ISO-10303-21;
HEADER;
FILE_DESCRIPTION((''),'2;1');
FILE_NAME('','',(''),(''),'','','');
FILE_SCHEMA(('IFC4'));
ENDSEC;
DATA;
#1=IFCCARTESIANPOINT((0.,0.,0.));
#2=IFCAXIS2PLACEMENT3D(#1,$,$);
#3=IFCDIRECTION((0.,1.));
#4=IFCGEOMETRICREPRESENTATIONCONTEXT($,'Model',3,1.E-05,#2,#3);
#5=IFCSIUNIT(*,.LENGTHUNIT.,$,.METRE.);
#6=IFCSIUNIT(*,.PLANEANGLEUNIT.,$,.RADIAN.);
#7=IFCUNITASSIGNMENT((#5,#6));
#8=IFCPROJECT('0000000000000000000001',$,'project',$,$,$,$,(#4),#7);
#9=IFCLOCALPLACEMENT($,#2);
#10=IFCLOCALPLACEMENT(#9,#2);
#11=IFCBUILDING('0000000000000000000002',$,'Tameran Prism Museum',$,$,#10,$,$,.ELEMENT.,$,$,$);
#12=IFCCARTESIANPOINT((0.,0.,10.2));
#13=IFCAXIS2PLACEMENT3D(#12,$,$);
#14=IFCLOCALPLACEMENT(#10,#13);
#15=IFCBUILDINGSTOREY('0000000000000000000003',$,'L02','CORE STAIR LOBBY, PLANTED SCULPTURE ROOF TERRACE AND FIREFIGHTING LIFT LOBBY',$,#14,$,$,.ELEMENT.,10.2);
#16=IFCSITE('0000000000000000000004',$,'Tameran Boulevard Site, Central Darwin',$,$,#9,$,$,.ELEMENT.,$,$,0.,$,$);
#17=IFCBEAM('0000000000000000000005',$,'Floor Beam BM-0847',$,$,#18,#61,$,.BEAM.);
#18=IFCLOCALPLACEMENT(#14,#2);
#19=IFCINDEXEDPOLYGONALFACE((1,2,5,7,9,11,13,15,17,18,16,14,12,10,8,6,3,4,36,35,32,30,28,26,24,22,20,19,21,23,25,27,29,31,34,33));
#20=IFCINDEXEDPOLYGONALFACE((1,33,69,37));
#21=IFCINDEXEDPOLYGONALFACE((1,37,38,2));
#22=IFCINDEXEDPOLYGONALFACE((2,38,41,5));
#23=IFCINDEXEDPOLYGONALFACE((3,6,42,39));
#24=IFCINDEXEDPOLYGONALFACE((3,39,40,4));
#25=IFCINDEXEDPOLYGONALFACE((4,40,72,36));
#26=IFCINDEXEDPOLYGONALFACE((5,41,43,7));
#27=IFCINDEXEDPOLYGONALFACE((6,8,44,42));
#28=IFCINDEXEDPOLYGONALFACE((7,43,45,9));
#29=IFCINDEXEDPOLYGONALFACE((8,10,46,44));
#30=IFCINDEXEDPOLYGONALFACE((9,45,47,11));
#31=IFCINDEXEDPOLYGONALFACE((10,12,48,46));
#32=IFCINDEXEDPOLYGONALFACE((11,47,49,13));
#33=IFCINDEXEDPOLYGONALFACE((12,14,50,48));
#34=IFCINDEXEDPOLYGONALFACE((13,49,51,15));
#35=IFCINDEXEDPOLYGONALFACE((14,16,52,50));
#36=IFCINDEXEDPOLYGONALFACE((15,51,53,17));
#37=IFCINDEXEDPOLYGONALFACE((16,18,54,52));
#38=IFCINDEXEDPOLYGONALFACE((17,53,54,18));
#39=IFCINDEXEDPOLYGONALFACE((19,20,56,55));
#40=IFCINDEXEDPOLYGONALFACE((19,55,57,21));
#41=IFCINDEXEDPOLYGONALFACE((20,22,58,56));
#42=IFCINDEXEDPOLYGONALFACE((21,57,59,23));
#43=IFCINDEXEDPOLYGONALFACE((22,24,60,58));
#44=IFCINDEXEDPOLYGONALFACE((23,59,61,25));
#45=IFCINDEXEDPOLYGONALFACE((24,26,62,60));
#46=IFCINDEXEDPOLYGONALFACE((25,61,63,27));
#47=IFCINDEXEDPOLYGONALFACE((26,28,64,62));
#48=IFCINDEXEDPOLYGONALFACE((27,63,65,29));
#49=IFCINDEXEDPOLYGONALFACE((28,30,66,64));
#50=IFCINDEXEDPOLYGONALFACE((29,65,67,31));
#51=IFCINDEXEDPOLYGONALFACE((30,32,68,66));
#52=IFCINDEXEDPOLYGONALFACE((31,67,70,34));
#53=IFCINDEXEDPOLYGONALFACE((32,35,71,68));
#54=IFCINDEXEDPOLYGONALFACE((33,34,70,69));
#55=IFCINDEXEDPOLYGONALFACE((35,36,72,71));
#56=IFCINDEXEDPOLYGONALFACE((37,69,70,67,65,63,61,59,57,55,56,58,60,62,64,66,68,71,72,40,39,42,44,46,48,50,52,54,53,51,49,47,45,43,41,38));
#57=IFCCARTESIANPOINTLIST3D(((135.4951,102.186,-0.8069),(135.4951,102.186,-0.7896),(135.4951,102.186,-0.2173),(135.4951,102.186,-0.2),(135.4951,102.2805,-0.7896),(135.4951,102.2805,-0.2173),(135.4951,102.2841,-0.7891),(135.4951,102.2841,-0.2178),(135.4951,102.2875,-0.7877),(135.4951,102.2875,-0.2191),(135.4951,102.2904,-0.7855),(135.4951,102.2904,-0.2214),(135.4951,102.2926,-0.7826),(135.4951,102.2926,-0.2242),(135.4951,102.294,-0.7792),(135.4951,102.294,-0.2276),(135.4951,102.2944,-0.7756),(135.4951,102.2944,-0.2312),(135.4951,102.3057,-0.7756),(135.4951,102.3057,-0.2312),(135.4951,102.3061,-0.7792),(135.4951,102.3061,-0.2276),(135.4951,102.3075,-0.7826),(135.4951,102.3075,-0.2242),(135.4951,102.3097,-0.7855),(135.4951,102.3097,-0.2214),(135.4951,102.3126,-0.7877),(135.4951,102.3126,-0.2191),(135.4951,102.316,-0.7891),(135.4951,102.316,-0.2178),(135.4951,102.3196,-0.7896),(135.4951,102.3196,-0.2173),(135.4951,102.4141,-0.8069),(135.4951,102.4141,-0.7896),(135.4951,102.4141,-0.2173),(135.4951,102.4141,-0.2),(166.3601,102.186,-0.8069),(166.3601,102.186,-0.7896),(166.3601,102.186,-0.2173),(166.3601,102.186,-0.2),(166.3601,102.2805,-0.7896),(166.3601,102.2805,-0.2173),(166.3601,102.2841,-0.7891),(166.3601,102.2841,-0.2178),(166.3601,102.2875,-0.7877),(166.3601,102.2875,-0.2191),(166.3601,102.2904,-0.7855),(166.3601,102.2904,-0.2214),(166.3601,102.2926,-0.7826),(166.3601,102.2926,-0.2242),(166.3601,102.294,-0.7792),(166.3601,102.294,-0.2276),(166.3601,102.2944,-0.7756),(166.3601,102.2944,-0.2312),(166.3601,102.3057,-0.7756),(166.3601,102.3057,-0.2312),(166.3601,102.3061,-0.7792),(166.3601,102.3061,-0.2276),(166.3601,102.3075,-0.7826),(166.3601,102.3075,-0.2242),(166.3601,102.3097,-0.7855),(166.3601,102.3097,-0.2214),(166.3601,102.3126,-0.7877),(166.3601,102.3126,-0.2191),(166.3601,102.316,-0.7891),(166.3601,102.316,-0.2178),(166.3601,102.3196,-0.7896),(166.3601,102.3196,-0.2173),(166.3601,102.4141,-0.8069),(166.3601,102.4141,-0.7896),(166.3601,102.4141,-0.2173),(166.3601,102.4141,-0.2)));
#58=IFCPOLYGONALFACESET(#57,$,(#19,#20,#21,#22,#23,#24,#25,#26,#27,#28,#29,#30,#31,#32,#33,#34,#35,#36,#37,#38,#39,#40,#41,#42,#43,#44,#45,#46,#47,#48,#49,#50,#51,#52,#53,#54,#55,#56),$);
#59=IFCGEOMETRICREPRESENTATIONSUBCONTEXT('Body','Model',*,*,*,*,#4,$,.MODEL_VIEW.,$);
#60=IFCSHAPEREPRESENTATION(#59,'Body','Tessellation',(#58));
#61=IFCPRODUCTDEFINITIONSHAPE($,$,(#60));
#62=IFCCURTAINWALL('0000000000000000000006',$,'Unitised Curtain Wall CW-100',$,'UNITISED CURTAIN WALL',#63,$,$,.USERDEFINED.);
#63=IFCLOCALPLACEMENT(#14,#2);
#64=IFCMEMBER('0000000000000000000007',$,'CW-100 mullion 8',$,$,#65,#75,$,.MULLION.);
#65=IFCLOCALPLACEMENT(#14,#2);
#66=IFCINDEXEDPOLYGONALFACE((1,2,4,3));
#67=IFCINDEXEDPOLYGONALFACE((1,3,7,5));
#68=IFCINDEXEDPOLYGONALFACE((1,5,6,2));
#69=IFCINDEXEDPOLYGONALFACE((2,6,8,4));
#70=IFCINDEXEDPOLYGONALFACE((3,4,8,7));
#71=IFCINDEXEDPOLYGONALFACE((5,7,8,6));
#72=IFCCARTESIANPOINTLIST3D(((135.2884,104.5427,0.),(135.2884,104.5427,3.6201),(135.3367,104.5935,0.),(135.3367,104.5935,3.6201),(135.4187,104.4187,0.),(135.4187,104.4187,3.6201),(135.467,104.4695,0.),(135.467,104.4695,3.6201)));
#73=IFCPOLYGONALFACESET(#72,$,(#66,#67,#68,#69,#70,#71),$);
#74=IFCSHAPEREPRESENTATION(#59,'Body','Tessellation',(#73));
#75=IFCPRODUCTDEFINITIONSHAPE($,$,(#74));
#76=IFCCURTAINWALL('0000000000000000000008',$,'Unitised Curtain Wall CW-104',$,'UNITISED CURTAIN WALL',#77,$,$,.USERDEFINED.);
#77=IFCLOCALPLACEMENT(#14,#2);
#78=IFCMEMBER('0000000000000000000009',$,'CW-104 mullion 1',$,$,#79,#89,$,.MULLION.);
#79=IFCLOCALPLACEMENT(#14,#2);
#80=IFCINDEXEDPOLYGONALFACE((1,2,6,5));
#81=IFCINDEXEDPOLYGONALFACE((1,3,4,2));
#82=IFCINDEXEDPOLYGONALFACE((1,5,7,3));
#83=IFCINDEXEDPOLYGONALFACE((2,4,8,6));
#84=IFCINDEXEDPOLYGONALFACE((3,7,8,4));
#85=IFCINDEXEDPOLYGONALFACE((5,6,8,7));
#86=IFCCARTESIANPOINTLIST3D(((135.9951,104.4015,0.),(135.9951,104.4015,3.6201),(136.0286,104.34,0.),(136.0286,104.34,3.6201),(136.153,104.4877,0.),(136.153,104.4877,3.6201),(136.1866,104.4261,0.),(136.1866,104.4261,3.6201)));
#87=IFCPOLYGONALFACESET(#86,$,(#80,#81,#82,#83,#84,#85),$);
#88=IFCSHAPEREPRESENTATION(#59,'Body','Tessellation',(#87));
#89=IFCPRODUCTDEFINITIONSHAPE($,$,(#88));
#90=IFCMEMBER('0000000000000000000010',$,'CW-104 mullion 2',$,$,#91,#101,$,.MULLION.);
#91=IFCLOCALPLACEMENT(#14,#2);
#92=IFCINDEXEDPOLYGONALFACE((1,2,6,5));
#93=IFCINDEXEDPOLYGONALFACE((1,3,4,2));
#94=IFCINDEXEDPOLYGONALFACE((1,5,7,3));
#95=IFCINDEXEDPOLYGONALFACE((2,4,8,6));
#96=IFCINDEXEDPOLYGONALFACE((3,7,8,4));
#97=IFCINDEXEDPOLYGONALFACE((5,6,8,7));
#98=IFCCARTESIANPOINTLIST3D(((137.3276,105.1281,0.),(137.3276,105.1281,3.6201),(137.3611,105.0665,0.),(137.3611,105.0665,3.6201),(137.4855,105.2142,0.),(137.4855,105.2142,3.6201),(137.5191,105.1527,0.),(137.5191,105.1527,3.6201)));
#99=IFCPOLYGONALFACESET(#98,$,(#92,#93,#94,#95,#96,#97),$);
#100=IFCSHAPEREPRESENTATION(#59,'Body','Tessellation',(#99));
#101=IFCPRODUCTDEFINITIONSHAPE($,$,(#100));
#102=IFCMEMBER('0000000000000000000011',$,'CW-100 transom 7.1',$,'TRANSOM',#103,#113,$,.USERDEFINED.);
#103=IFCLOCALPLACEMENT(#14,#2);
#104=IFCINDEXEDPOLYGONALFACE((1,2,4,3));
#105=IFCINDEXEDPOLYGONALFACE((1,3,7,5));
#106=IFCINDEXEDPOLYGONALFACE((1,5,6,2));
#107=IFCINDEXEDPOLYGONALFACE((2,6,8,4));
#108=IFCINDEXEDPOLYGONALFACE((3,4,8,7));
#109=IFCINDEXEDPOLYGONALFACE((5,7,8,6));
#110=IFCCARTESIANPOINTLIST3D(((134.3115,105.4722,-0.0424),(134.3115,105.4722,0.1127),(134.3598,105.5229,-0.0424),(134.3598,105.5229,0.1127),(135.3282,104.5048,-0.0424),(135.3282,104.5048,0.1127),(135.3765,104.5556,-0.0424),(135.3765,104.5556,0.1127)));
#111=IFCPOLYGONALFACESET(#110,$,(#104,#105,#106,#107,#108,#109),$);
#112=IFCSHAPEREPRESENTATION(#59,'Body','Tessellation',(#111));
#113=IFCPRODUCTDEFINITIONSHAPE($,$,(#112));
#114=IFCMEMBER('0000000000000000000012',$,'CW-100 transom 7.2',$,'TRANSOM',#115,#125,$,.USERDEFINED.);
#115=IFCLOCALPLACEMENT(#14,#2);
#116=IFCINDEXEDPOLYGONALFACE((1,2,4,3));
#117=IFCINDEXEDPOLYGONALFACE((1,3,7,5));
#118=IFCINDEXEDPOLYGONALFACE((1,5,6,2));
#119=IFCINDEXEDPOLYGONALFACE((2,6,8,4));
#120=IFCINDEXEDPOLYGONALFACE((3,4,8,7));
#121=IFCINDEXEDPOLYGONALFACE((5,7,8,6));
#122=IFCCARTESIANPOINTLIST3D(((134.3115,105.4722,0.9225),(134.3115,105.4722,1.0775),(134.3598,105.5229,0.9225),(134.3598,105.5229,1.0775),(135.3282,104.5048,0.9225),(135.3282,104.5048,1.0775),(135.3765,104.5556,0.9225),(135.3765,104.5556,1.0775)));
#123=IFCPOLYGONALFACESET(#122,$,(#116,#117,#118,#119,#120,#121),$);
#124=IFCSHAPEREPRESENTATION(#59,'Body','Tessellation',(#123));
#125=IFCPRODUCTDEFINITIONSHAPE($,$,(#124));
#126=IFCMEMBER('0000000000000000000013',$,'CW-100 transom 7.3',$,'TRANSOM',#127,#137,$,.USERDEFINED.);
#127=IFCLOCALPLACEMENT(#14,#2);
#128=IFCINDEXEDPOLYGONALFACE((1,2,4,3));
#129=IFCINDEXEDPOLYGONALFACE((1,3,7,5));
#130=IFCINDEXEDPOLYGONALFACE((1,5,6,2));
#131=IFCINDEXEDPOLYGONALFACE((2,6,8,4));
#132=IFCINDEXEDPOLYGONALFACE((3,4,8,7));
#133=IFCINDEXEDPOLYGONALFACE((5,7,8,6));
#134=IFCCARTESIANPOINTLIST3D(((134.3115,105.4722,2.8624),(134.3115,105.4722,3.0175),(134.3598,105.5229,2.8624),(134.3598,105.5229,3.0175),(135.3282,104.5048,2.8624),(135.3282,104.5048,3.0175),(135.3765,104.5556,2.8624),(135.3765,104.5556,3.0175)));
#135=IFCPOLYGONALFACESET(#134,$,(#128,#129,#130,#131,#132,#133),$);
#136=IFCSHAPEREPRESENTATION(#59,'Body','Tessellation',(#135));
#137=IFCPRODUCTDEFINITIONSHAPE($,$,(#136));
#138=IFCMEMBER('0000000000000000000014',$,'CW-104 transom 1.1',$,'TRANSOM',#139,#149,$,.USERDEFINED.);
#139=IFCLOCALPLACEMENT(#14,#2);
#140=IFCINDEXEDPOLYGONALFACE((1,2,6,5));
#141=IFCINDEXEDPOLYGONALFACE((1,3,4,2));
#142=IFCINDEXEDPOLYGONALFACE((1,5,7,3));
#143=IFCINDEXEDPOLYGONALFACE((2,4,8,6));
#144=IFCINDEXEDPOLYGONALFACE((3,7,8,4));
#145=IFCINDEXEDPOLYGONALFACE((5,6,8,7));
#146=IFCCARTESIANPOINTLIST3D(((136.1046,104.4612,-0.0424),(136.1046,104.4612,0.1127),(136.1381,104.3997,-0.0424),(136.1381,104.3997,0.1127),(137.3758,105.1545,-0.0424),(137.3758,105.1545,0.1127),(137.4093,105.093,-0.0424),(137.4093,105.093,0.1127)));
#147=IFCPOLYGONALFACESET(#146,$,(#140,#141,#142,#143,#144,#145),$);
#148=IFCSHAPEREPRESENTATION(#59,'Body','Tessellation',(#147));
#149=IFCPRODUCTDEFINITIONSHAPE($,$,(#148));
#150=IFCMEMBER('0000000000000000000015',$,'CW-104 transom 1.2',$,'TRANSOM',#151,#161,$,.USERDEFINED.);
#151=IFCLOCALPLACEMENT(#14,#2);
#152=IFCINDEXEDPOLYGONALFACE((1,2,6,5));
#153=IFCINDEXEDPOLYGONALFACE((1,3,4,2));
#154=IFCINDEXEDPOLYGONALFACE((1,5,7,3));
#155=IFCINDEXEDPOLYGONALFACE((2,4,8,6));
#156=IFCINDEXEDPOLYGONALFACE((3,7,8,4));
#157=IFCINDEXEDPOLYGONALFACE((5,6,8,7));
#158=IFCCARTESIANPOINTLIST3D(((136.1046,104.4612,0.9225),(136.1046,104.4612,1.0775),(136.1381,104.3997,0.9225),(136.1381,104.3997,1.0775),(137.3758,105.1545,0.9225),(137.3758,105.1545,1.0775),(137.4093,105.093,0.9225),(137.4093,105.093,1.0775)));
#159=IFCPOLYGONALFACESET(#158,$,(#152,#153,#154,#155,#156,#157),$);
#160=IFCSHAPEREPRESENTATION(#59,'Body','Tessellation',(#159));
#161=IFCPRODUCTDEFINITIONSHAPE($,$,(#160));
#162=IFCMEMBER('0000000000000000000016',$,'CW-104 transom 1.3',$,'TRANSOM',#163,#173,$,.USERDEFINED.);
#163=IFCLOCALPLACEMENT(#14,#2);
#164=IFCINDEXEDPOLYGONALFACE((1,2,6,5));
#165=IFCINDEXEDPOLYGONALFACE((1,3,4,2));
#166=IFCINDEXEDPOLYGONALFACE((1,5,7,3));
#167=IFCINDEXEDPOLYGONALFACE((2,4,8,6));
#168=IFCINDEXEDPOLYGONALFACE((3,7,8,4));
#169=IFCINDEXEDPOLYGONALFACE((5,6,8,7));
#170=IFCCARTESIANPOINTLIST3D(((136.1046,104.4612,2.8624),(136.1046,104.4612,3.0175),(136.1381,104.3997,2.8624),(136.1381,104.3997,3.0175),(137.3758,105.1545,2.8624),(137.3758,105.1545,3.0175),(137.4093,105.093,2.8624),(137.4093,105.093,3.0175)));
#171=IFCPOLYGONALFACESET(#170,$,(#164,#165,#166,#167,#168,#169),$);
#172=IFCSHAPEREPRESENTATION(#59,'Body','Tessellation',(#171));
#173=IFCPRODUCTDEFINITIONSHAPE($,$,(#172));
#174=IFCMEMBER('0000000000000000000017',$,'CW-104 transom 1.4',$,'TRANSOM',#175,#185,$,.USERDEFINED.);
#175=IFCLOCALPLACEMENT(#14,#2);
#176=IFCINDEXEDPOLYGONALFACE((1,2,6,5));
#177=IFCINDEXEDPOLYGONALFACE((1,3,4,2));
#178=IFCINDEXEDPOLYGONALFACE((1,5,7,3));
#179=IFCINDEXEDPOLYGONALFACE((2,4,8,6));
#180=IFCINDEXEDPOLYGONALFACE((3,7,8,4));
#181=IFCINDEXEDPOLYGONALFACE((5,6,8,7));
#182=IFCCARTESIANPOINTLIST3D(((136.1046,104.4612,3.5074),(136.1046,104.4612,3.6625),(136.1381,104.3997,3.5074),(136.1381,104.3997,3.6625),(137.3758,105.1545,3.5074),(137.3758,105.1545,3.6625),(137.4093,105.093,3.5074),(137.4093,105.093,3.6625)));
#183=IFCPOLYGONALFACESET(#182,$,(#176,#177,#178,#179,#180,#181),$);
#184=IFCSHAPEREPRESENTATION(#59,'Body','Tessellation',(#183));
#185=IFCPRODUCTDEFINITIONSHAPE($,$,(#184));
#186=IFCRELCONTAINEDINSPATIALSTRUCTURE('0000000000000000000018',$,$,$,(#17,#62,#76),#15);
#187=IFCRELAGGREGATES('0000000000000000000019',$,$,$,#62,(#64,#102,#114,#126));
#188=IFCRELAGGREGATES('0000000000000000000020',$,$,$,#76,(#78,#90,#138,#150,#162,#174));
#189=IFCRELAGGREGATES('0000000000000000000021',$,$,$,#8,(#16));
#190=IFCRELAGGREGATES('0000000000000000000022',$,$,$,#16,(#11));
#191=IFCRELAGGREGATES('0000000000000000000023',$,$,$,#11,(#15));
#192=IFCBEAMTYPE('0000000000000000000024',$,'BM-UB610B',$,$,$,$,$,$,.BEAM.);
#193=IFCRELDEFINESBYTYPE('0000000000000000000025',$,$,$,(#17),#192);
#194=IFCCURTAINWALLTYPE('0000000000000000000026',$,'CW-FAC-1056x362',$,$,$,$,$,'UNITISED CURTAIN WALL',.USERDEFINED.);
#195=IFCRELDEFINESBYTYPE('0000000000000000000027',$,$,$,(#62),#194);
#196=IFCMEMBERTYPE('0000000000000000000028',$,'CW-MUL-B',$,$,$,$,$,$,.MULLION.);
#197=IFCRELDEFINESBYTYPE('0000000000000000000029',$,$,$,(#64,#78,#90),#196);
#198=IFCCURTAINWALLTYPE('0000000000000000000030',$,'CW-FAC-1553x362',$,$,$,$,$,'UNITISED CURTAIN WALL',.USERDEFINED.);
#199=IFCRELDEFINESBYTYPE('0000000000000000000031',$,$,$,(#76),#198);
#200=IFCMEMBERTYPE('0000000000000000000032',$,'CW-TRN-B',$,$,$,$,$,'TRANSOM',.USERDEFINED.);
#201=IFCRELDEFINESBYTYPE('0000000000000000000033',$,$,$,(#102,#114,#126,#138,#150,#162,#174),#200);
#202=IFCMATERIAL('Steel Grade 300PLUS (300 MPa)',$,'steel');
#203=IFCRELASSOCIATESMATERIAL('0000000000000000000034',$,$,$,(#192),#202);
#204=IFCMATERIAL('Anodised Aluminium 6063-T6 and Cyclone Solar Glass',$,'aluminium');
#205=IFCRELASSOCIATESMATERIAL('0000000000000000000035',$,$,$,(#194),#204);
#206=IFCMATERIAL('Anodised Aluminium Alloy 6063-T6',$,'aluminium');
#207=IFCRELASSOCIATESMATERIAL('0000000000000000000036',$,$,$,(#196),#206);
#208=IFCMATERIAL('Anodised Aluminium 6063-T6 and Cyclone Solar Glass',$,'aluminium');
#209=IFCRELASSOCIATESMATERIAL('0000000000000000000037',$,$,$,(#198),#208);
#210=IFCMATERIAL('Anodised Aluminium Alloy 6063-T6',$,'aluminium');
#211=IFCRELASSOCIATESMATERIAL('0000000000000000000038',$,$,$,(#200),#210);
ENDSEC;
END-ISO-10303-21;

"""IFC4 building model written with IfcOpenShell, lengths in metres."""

from ifc_helpers import new_model, si_unit, direction, frame, origin, origin_2d, place, context, subcontext, project, spatial, rectangle, i_section, extrude, material, material_profile, profile_set, type_object, element, aggregate, save


model = new_model("IFC4")

# Units and contexts
model_context = context("Model", 3, precision=1e-05, world=origin(), true_north=direction((0.0, 1.0)))
body_context = subcontext(model_context, "Body", "Model", "MODEL_VIEW")
ifc_project = project(units=[si_unit("LENGTHUNIT", "METRE"), si_unit("PLANEANGLEUNIT", "RADIAN")], contexts=[model_context])

# Site, building, storey
site_placement = place(None, origin())
site = spatial("IfcSite", under=ifc_project, at=site_placement, Name="Tameran Boulevard Site, Central Darwin", CompositionType="ELEMENT", RefElevation=0.0)
building_placement = place(site_placement, origin())
building = spatial("IfcBuilding", under=site, at=building_placement, Name="Tameran Prism Museum", CompositionType="ELEMENT")
storey_placement = place(building_placement, frame((0.0, 0.0, 10.2)))
storey = spatial("IfcBuildingStorey", under=building, at=storey_placement, Name="L02", Description="CORE STAIR LOBBY, PLANTED SCULPTURE ROOF TERRACE AND FIREFIGHTING LIFT LOBBY", CompositionType="ELEMENT", Elevation=10.2)

# Beam
ifc_material_1 = material(Name="Steel Grade 300PLUS (300 MPa)", Category="steel")
ifc_material_profile_1 = material_profile(ifc_material_1, i_section(OverallWidth=0.228, OverallDepth=0.6069, WebThickness=0.0112, FlangeThickness=0.0173, FilletRadius=0.0139, at=origin_2d()))
ifc_profile_set_1 = profile_set([ifc_material_profile_1])
beam_type_1 = type_object("IfcBeamType", Name="BM-UB610B", PredefinedType="BEAM", material=ifc_profile_set_1)
beam_1_placement = place(storey_placement, frame((135.4951, 102.3, -0.5034), z_axis=(1.0, 0.0, 0.0), x_axis=(0.0, 1.0, 0.0)))
element("IfcBeam", 1, at=beam_1_placement, inside=storey, type_object=beam_type_1, Name="Floor Beam BM-0847", PredefinedType="BEAM", context=body_context, shape_type="SweptSolid", body=[
    extrude(i_section(OverallWidth=0.228, OverallDepth=0.6069, WebThickness=0.0112, FlangeThickness=0.0173, FilletRadius=0.0139, at=origin_2d()), origin(), (0.0, 0.0, 1.0), 30.865),
])

# Curtain wall, member
ifc_material_2 = material(Name="Anodised Aluminium 6063-T6 and Cyclone Solar Glass", Category="aluminium")
curtain_wall_type_1 = type_object("IfcCurtainWallType", Name="CW-FAC-1056x362", ElementType="UNITISED CURTAIN WALL", PredefinedType="USERDEFINED", material=ifc_material_2)
curtain_wall_1_placement = place(storey_placement, origin())
curtain_wall_1 = element("IfcCurtainWall", 2, at=curtain_wall_1_placement, inside=storey, type_object=curtain_wall_type_1, Name="Unitised Curtain Wall CW-100", ObjectType="UNITISED CURTAIN WALL", PredefinedType="USERDEFINED")
ifc_material_3 = material(Name="Anodised Aluminium Alloy 6063-T6", Category="aluminium")
ifc_material_profile_2 = material_profile(ifc_material_3, rectangle(XDim=0.0701, YDim=0.1799, at=origin_2d()))
ifc_profile_set_2 = profile_set([ifc_material_profile_2])
member_type_1 = type_object("IfcMemberType", Name="CW-MUL-B", PredefinedType="MULLION", material=ifc_profile_set_2)
member_1_placement = place(storey_placement, frame((135.3777, 104.5061, 0.0), z_axis=(0.0, 0.0, 1.0), x_axis=(0.68927, 0.724505, 0.0)))
member_1 = element("IfcMember", 3, at=member_1_placement, type_object=member_type_1, Name="CW-100 mullion 8", PredefinedType="MULLION", context=body_context, shape_type="SweptSolid", body=[
    extrude(rectangle(XDim=0.0701, YDim=0.1799, at=origin_2d()), origin(), (0.0, 0.0, 1.0), 3.6201),
])

# Curtain wall, members
ifc_material_4 = material(Name="Anodised Aluminium 6063-T6 and Cyclone Solar Glass", Category="aluminium")
curtain_wall_type_2 = type_object("IfcCurtainWallType", Name="CW-FAC-1553x362", ElementType="UNITISED CURTAIN WALL", PredefinedType="USERDEFINED", material=ifc_material_4)
curtain_wall_2_placement = place(storey_placement, origin())
curtain_wall_2 = element("IfcCurtainWall", 4, at=curtain_wall_2_placement, inside=storey, type_object=curtain_wall_type_2, Name="Unitised Curtain Wall CW-104", ObjectType="UNITISED CURTAIN WALL", PredefinedType="USERDEFINED")
member_2_placement = place(storey_placement, frame((136.0908, 104.4138, 0.0), z_axis=(0.0, 0.0, 1.0), x_axis=(-0.478793, 0.877928, 0.0)))
member_2 = element("IfcMember", 5, at=member_2_placement, type_object=member_type_1, Name="CW-104 mullion 1", PredefinedType="MULLION", context=body_context, shape_type="SweptSolid", body=[
    extrude(rectangle(XDim=0.0701, YDim=0.1799, at=origin_2d()), origin(), (0.0, 0.0, 1.0), 3.6201),
])
member_3_placement = place(storey_placement, frame((137.4233, 105.1404, 0.0), z_axis=(0.0, 0.0, 1.0), x_axis=(-0.478793, 0.877928, 0.0)))
member_3 = element("IfcMember", 6, at=member_3_placement, type_object=member_type_1, Name="CW-104 mullion 2", PredefinedType="MULLION", context=body_context, shape_type="SweptSolid", body=[
    extrude(rectangle(XDim=0.0701, YDim=0.1799, at=origin_2d()), origin(), (0.0, 0.0, 1.0), 3.6201),
])

# Members
ifc_material_5 = material(Name="Anodised Aluminium Alloy 6063-T6", Category="aluminium")
ifc_material_profile_3 = material_profile(ifc_material_5, rectangle(XDim=0.0701, YDim=0.155, at=origin_2d()))
ifc_profile_set_3 = profile_set([ifc_material_profile_3])
member_type_2 = type_object("IfcMemberType", Name="CW-TRN-B", ElementType="TRANSOM", PredefinedType="USERDEFINED", material=ifc_profile_set_3)
member_4_placement = place(storey_placement, frame((134.3357, 105.4976, 0.0352), z_axis=(0.724461, -0.689316, 0.0), x_axis=(0.689316, 0.724461, 0.0)))
member_4 = element("IfcMember", 7, at=member_4_placement, type_object=member_type_2, Name="CW-100 transom 7.1", ObjectType="TRANSOM", PredefinedType="USERDEFINED", context=body_context, shape_type="SweptSolid", body=[
    extrude(rectangle(XDim=0.0701, YDim=0.155, at=origin_2d()), origin(), (0.0, 0.0, 1.0), 1.4033),
])
member_5_placement = place(storey_placement, frame((134.3357, 105.4976, 1.0), z_axis=(0.724461, -0.689316, 0.0), x_axis=(0.689316, 0.724461, 0.0)))
member_5 = element("IfcMember", 8, at=member_5_placement, type_object=member_type_2, Name="CW-100 transom 7.2", ObjectType="TRANSOM", PredefinedType="USERDEFINED", context=body_context, shape_type="SweptSolid", body=[
    extrude(rectangle(XDim=0.0701, YDim=0.155, at=origin_2d()), origin(), (0.0, 0.0, 1.0), 1.4033),
])
member_6_placement = place(storey_placement, frame((134.3357, 105.4976, 2.9399), z_axis=(0.724461, -0.689316, 0.0), x_axis=(0.689316, 0.724461, 0.0)))
member_6 = element("IfcMember", 9, at=member_6_placement, type_object=member_type_2, Name="CW-100 transom 7.3", ObjectType="TRANSOM", PredefinedType="USERDEFINED", context=body_context, shape_type="SweptSolid", body=[
    extrude(rectangle(XDim=0.0701, YDim=0.155, at=origin_2d()), origin(), (0.0, 0.0, 1.0), 1.4033),
])
member_7_placement = place(storey_placement, frame((136.1213, 104.4304, 0.0352), z_axis=(0.877908, 0.478829, 0.0), x_axis=(-0.478829, 0.877908, 0.0)))
member_7 = element("IfcMember", 10, at=member_7_placement, type_object=member_type_2, Name="CW-104 transom 1.1", ObjectType="TRANSOM", PredefinedType="USERDEFINED", context=body_context, shape_type="SweptSolid", body=[
    extrude(rectangle(XDim=0.0701, YDim=0.155, at=origin_2d()), origin(), (0.0, 0.0, 1.0), 1.448),
])
member_8_placement = place(storey_placement, frame((136.1213, 104.4304, 1.0), z_axis=(0.877908, 0.478829, 0.0), x_axis=(-0.478829, 0.877908, 0.0)))
member_8 = element("IfcMember", 11, at=member_8_placement, type_object=member_type_2, Name="CW-104 transom 1.2", ObjectType="TRANSOM", PredefinedType="USERDEFINED", context=body_context, shape_type="SweptSolid", body=[
    extrude(rectangle(XDim=0.0701, YDim=0.155, at=origin_2d()), origin(), (0.0, 0.0, 1.0), 1.448),
])
member_9_placement = place(storey_placement, frame((136.1213, 104.4304, 2.9399), z_axis=(0.877908, 0.478829, 0.0), x_axis=(-0.478829, 0.877908, 0.0)))
member_9 = element("IfcMember", 12, at=member_9_placement, type_object=member_type_2, Name="CW-104 transom 1.3", ObjectType="TRANSOM", PredefinedType="USERDEFINED", context=body_context, shape_type="SweptSolid", body=[
    extrude(rectangle(XDim=0.0701, YDim=0.155, at=origin_2d()), origin(), (0.0, 0.0, 1.0), 1.448),
])
member_10_placement = place(storey_placement, frame((136.1213, 104.4304, 3.585), z_axis=(0.877908, 0.478829, 0.0), x_axis=(-0.478829, 0.877908, 0.0)))
member_10 = element("IfcMember", 13, at=member_10_placement, type_object=member_type_2, Name="CW-104 transom 1.4", ObjectType="TRANSOM", PredefinedType="USERDEFINED", context=body_context, shape_type="SweptSolid", body=[
    extrude(rectangle(XDim=0.0701, YDim=0.155, at=origin_2d()), origin(), (0.0, 0.0, 1.0), 1.448),
])

aggregate(curtain_wall_1, [member_1, member_4, member_5, member_6])
aggregate(curtain_wall_2, [member_2, member_3, member_7, member_8, member_9, member_10])

save(model, "model.ifc")
